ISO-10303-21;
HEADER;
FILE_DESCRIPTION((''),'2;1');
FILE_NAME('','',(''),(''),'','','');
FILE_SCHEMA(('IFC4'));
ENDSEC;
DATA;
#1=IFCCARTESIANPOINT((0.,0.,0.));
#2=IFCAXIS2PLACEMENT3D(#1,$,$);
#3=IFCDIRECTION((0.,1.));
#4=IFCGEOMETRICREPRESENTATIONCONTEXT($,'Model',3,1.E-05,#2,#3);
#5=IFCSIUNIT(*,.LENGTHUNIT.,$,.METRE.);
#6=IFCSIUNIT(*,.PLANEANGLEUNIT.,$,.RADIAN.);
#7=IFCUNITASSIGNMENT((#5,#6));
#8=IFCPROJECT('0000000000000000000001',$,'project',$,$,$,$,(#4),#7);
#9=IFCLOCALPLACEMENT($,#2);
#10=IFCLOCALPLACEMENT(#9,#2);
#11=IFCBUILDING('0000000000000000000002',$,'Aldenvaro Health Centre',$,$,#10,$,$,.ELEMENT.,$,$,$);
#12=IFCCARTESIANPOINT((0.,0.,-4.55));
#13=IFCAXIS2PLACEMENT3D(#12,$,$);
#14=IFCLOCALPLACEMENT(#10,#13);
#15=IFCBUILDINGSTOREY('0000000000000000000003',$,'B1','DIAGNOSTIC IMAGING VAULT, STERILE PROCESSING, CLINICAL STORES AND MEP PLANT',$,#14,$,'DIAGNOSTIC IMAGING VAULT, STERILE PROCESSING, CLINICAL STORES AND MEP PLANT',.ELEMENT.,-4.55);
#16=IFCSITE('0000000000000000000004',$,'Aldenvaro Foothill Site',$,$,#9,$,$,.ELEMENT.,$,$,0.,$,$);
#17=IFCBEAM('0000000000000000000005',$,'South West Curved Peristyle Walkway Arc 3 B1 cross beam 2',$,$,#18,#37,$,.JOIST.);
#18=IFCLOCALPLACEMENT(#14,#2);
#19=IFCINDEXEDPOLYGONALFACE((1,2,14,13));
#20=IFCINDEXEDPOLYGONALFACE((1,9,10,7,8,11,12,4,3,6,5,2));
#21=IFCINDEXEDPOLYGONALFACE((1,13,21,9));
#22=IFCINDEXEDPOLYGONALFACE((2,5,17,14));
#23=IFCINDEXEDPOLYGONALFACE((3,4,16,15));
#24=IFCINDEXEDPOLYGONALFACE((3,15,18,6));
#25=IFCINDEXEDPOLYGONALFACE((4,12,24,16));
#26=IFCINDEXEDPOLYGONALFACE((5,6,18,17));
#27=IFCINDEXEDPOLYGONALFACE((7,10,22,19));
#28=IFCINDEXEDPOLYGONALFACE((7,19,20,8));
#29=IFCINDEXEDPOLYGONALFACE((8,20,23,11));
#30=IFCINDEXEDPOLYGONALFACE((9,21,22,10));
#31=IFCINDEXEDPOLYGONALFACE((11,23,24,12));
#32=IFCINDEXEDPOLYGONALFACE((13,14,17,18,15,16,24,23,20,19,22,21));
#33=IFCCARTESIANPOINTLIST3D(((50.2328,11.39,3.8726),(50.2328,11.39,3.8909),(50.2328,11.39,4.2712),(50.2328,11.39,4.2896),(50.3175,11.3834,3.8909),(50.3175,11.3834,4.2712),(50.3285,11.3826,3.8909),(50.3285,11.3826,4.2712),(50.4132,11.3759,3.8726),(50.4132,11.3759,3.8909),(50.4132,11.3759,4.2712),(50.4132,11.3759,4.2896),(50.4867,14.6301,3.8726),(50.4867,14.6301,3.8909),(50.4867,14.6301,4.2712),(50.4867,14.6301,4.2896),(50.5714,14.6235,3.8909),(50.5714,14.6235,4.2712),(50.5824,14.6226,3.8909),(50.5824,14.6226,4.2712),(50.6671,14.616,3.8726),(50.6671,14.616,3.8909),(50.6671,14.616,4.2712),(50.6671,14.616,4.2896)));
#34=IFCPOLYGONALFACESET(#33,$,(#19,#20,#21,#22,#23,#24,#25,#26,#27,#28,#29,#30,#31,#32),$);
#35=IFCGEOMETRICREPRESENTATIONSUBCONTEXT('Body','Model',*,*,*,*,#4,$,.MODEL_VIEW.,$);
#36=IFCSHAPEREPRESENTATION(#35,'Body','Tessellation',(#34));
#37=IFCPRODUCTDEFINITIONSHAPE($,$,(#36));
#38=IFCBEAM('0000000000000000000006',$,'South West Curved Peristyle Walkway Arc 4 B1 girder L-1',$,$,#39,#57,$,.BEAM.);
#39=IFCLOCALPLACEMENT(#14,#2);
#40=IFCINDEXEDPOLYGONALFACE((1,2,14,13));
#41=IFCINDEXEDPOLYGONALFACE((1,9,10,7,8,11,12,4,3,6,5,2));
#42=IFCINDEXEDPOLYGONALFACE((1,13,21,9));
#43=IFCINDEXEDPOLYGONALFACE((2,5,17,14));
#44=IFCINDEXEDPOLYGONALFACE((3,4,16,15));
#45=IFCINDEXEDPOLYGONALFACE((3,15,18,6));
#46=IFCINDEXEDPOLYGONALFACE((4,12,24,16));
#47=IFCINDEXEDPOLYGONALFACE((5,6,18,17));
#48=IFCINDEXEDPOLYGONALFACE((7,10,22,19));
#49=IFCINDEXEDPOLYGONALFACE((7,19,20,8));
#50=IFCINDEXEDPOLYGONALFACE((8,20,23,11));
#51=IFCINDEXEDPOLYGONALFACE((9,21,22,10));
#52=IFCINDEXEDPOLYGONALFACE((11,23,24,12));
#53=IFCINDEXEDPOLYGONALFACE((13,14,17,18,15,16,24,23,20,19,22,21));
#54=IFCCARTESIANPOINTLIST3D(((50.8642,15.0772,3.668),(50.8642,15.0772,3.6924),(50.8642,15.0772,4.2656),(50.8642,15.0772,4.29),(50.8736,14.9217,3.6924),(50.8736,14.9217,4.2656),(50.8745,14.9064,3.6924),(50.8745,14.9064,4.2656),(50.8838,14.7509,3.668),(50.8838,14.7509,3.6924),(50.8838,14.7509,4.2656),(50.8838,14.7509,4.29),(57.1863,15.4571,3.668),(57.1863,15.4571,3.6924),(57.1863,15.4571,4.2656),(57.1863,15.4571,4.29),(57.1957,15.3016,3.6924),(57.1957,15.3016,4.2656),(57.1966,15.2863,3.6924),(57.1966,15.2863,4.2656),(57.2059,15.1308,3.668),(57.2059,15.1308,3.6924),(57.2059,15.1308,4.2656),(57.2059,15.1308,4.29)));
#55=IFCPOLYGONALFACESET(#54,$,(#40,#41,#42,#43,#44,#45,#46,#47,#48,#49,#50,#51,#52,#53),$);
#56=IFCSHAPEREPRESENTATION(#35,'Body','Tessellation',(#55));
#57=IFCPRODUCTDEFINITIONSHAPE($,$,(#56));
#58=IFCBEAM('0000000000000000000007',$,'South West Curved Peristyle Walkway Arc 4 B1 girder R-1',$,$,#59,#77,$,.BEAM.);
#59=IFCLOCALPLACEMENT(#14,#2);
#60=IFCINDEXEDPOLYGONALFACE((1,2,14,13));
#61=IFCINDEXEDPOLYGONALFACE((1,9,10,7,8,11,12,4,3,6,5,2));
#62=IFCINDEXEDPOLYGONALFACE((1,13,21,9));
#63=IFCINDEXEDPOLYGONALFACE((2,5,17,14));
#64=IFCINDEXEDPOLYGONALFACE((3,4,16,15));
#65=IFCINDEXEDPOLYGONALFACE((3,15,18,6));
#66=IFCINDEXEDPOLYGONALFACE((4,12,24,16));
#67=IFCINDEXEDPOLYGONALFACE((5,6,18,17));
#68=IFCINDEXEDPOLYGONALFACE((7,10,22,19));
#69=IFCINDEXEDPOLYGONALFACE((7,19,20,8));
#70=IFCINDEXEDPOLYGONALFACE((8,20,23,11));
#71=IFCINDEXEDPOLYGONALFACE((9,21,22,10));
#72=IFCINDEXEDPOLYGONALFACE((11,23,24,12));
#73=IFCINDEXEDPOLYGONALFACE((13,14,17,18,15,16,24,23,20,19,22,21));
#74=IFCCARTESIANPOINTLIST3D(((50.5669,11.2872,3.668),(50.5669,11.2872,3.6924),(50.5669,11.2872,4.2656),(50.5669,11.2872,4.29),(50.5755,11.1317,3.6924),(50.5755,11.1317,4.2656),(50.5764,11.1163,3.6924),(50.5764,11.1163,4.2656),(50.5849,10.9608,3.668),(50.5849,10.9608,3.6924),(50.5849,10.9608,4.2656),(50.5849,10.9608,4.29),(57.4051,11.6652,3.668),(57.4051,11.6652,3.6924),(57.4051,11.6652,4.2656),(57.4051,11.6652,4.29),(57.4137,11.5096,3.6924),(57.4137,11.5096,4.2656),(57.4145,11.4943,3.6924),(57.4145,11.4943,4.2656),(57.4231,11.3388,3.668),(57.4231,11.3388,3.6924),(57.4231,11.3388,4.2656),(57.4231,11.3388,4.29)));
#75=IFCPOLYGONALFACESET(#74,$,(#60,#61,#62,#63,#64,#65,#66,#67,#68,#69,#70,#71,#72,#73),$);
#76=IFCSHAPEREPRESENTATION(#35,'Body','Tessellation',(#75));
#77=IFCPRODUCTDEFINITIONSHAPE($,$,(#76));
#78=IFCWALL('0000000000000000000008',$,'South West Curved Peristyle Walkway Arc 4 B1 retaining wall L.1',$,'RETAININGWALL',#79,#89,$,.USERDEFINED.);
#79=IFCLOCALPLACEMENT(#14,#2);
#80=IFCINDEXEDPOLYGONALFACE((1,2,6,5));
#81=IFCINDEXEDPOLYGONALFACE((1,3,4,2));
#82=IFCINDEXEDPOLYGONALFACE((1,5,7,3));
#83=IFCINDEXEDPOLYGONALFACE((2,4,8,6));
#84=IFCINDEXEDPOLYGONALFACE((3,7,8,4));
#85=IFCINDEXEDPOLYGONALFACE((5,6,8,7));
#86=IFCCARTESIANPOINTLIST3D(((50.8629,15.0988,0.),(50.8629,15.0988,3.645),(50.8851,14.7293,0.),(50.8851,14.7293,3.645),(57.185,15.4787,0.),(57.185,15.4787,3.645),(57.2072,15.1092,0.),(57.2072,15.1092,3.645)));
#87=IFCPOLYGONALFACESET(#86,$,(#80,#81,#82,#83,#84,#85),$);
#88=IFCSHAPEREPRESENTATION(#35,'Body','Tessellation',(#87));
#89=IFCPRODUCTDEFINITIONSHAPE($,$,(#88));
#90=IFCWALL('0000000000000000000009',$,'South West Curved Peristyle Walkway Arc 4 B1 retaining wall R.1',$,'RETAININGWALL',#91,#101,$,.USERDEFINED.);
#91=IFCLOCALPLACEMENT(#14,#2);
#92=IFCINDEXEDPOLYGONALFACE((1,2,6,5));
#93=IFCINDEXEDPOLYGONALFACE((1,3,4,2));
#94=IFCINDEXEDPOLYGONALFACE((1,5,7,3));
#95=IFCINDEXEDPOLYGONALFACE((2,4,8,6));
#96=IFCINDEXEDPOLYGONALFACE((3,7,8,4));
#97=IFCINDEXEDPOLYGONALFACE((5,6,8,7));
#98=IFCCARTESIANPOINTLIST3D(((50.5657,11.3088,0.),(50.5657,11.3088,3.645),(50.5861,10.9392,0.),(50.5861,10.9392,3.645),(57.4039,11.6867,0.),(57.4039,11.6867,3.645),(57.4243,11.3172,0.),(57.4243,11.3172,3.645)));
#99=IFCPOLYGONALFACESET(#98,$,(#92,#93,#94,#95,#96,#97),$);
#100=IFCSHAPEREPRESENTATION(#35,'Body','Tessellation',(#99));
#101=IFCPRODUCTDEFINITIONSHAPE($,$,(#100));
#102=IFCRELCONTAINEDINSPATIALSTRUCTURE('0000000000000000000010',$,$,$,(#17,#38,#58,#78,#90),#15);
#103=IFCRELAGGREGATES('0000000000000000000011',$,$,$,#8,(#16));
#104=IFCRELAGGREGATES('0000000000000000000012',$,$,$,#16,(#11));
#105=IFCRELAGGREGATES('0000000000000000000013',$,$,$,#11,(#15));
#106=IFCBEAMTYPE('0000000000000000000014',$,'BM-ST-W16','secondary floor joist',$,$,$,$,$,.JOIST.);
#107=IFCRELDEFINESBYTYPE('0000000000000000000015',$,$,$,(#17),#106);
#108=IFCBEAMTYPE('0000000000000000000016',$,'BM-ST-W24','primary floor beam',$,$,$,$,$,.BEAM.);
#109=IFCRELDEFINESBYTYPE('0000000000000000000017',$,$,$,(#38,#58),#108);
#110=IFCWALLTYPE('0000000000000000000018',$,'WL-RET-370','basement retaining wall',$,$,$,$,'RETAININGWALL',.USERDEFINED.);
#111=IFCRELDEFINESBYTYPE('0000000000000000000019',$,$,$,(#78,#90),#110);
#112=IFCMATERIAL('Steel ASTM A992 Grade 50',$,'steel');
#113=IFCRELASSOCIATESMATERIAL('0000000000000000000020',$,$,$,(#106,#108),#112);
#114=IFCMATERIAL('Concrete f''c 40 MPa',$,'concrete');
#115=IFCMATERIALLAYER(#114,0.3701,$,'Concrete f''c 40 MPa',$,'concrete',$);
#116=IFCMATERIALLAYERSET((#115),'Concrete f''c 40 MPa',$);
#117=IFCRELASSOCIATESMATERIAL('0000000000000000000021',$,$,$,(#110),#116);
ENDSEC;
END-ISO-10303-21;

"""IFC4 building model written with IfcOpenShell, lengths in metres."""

from ifc_helpers import new_model, si_unit, direction, frame, frame_2d, origin, origin_2d, place, context, subcontext, project, spatial, rectangle, i_section, extrude, material, layer, layer_set, material_profile, profile_set, type_object, element, save


model = new_model("IFC4")

# Units and contexts
model_context = context("Model", 3, precision=1e-05, world=origin(), true_north=direction((0.0, 1.0)))
body_context = subcontext(model_context, "Body", "Model", "MODEL_VIEW")
ifc_project = project(units=[si_unit("LENGTHUNIT", "METRE"), si_unit("PLANEANGLEUNIT", "RADIAN")], contexts=[model_context])

# Site, building, storey
site_placement = place(None, origin())
site = spatial("IfcSite", under=ifc_project, at=site_placement, Name="Aldenvaro Foothill Site", CompositionType="ELEMENT", RefElevation=0.0)
building_placement = place(site_placement, origin())
building = spatial("IfcBuilding", under=site, at=building_placement, Name="Aldenvaro Health Centre", CompositionType="ELEMENT")
storey_placement = place(building_placement, frame((0.0, 0.0, -4.55)))
storey = spatial("IfcBuildingStorey", under=building, at=storey_placement, Name="B1", Description="DIAGNOSTIC IMAGING VAULT, STERILE PROCESSING, CLINICAL STORES AND MEP PLANT", LongName="DIAGNOSTIC IMAGING VAULT, STERILE PROCESSING, CLINICAL STORES AND MEP PLANT", CompositionType="ELEMENT", Elevation=-4.55)

# Shared definitions
ifc_material_1 = material(Name="Concrete f'c 40 MPa", Category="concrete")

# Beams
ifc_material_2 = material(Name="Steel ASTM A992 Grade 50", Category="steel")
ifc_material_profile_1 = material_profile(ifc_material_2, i_section(OverallWidth=0.1809, OverallDepth=0.417, WebThickness=0.011, FlangeThickness=0.0183, at=origin_2d()), Name="W16X57", Category="steel")
ifc_profile_set_1 = profile_set([ifc_material_profile_1], Name="Steel ASTM A992 Grade 50")
beam_type_1 = type_object("IfcBeamType", Name="BM-ST-W16", Description="secondary floor joist", PredefinedType="JOIST", material=ifc_profile_set_1)
beam_1_placement = place(storey_placement, frame((50.5769, 14.623, 4.0811), z_axis=(-0.078127, -0.996943, 0.0), x_axis=(0.996943, -0.078127, 0.0)))
element("IfcBeam", 1, at=beam_1_placement, inside=storey, type_object=beam_type_1, Name="South West Curved Peristyle Walkway Arc 3 B1 cross beam 2", PredefinedType="JOIST", context=body_context, shape_type="SweptSolid", body=[
    extrude(i_section(OverallWidth=0.1809, OverallDepth=0.417, WebThickness=0.011, FlangeThickness=0.0183, at=origin_2d()), origin(), (0.0, 0.0, 1.0), 3.25),
])
ifc_material_profile_2 = material_profile(ifc_material_2, i_section(OverallWidth=0.3269, OverallDepth=0.6221, WebThickness=0.0154, FlangeThickness=0.0244, at=origin_2d()), Name="W24X131", Category="steel")
ifc_profile_set_2 = profile_set([ifc_material_profile_2], Name="Steel ASTM A992 Grade 50")
beam_type_2 = type_object("IfcBeamType", Name="BM-ST-W24", Description="primary floor beam", PredefinedType="BEAM", material=ifc_profile_set_2)
beam_2_placement = place(storey_placement, frame((50.874, 14.9141, 3.979), z_axis=(0.9982, 0.059981, 0.0), x_axis=(-0.059981, 0.9982, 0.0)))
element("IfcBeam", 2, at=beam_2_placement, inside=storey, type_object=beam_type_2, Name="South West Curved Peristyle Walkway Arc 4 B1 girder L-1", PredefinedType="BEAM", context=body_context, shape_type="SweptSolid", body=[
    extrude(i_section(OverallWidth=0.3269, OverallDepth=0.6221, WebThickness=0.0154, FlangeThickness=0.0244, at=origin_2d()), origin(), (0.0, 0.0, 1.0), 6.3335),
])
beam_3_placement = place(storey_placement, frame((50.5759, 11.124, 3.979), z_axis=(0.998476, 0.055184, 0.0), x_axis=(-0.055184, 0.998476, 0.0)))
element("IfcBeam", 3, at=beam_3_placement, inside=storey, type_object=beam_type_2, Name="South West Curved Peristyle Walkway Arc 4 B1 girder R-1", PredefinedType="BEAM", context=body_context, shape_type="SweptSolid", body=[
    extrude(i_section(OverallWidth=0.3269, OverallDepth=0.6221, WebThickness=0.0154, FlangeThickness=0.0244, at=origin_2d()), origin(), (0.0, 0.0, 1.0), 6.8486),
])

# Walls
ifc_layer = layer(ifc_material_1, 0.3701, Name="Concrete f'c 40 MPa", Category="concrete")
ifc_layer_set = layer_set([ifc_layer], Name="Concrete f'c 40 MPa")
wall_type = type_object("IfcWallType", Name="WL-RET-370", Description="basement retaining wall", ElementType="RETAININGWALL", PredefinedType="USERDEFINED", material=ifc_layer_set)
wall_1_placement = place(storey_placement, frame((50.874, 14.9141, 0.0), z_axis=(0.0, 0.0, 1.0), x_axis=(0.9982, 0.059981, 0.0)))
element("IfcWall", 4, at=wall_1_placement, inside=storey, type_object=wall_type, Name="South West Curved Peristyle Walkway Arc 4 B1 retaining wall L.1", ObjectType="RETAININGWALL", PredefinedType="USERDEFINED", context=body_context, shape_type="SweptSolid", body=[
    extrude(rectangle(XDim=6.3335, YDim=0.3701, at=frame_2d((3.1667, 0.0))), origin(), (0.0, 0.0, 1.0), 3.645),
])
wall_2_placement = place(storey_placement, frame((50.5759, 11.124, 0.0), z_axis=(0.0, 0.0, 1.0), x_axis=(0.998476, 0.055184, 0.0)))
element("IfcWall", 5, at=wall_2_placement, inside=storey, type_object=wall_type, Name="South West Curved Peristyle Walkway Arc 4 B1 retaining wall R.1", ObjectType="RETAININGWALL", PredefinedType="USERDEFINED", context=body_context, shape_type="SweptSolid", body=[
    extrude(rectangle(XDim=6.8486, YDim=0.3701, at=frame_2d((3.4243, 0.0))), origin(), (0.0, 0.0, 1.0), 3.645),
])

save(model, "model.ifc")
